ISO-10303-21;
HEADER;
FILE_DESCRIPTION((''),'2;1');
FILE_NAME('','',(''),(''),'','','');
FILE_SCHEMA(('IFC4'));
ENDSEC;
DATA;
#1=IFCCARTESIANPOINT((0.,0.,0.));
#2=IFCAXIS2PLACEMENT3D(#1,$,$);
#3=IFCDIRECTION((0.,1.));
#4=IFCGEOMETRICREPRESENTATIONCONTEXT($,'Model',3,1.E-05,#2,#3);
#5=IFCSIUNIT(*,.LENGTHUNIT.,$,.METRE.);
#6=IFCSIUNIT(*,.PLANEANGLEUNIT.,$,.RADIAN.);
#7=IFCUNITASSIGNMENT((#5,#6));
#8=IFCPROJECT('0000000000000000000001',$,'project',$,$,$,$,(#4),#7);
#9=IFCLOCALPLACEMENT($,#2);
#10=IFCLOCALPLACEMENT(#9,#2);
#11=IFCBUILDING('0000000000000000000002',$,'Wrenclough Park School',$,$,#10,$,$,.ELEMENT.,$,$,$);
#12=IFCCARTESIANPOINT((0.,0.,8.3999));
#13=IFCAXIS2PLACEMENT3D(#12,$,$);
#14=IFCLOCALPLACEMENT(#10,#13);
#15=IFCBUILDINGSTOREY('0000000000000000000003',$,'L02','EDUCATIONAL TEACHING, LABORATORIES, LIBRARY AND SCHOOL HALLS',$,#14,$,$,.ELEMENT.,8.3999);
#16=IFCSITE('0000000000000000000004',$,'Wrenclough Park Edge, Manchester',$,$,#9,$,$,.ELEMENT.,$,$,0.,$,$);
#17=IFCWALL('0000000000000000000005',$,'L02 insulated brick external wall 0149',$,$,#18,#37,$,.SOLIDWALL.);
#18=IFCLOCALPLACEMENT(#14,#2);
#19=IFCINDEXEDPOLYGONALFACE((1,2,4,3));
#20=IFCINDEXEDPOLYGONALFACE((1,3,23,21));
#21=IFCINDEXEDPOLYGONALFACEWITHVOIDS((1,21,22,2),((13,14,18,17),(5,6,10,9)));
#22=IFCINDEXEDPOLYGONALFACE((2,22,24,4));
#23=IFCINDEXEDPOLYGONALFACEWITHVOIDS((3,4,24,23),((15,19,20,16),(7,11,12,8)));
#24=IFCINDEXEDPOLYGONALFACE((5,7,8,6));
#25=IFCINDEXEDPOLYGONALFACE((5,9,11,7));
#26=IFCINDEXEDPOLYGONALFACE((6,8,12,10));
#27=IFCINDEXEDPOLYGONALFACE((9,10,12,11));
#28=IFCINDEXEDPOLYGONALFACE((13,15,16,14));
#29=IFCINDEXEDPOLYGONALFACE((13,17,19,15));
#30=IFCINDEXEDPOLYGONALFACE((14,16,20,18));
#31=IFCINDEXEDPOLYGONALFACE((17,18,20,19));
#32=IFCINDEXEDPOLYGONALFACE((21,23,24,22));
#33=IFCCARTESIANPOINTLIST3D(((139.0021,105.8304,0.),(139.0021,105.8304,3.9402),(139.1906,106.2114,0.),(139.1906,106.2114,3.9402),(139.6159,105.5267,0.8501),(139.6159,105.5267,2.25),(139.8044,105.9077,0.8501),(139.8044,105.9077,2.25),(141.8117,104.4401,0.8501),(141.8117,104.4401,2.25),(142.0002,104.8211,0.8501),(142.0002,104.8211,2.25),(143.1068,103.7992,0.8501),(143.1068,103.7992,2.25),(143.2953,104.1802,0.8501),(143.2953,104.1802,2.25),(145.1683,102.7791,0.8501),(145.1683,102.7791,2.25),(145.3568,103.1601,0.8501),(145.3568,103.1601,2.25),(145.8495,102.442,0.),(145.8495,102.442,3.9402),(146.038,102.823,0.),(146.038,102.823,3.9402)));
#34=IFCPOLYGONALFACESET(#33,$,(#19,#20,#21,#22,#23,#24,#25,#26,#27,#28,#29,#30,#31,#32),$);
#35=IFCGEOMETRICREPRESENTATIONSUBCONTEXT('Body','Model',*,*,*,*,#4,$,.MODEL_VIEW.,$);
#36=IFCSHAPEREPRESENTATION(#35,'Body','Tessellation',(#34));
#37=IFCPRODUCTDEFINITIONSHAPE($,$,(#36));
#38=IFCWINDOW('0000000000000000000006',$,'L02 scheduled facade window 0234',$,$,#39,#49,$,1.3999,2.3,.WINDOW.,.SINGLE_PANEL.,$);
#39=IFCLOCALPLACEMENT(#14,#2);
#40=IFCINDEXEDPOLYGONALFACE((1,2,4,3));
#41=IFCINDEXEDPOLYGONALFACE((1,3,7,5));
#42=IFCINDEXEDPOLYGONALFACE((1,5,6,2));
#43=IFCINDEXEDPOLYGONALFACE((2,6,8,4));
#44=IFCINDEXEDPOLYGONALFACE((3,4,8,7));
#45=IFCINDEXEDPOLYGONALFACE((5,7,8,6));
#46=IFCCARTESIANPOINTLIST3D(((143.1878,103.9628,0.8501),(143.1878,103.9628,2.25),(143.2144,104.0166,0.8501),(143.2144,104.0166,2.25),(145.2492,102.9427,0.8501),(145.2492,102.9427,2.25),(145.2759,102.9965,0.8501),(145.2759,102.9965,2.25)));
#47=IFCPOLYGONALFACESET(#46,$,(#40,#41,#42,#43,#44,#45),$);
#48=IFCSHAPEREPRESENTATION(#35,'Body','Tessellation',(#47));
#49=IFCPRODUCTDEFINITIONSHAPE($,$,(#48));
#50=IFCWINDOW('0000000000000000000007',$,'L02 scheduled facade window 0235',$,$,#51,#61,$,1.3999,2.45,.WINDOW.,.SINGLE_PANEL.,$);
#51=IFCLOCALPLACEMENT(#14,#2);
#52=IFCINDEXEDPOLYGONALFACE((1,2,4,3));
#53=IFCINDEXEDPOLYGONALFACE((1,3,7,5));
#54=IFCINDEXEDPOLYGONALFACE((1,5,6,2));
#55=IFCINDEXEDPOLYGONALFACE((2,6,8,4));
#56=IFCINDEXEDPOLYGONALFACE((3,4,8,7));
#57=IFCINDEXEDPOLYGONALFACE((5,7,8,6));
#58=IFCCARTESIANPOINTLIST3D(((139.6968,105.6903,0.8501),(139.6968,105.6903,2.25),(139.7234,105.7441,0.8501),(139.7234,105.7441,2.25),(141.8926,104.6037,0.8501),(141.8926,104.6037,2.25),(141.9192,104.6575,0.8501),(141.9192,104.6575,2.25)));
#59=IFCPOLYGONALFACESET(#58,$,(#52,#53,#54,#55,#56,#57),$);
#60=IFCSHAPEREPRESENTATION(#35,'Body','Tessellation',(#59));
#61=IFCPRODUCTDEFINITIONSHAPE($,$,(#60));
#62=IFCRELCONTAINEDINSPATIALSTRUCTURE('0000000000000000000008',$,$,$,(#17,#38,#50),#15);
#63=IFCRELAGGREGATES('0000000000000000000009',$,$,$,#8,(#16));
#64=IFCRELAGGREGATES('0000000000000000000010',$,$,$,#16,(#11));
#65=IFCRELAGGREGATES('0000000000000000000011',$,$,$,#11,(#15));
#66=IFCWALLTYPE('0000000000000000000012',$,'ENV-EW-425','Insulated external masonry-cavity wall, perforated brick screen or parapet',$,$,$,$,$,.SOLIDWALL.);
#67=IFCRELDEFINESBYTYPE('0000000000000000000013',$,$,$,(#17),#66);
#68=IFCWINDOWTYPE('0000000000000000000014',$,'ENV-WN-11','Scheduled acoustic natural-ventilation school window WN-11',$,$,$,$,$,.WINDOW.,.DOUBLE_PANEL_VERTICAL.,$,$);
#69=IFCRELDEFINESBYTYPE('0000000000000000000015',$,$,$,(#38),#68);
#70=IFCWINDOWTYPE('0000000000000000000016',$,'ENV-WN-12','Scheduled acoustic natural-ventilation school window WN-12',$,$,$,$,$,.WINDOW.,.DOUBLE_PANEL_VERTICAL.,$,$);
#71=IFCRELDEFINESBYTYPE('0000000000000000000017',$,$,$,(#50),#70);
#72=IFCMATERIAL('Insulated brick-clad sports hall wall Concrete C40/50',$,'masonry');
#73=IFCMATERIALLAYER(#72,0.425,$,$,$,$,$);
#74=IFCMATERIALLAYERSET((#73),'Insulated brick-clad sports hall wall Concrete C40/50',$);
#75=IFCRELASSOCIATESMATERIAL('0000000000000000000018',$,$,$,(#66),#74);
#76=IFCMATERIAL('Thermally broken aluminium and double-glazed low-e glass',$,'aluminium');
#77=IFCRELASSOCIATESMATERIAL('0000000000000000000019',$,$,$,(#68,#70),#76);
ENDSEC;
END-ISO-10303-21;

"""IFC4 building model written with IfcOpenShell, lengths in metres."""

from ifc_helpers import new_model, si_unit, direction, frame, frame_2d, origin, place, context, subcontext, project, spatial, rectangle, extrude, material, layer, layer_set, type_object, element, fill, save


model = new_model("IFC4")

# Units and contexts
model_context = context("Model", 3, precision=1e-05, world=origin(), true_north=direction((0.0, 1.0)))
body_context = subcontext(model_context, "Body", "Model", "MODEL_VIEW")
ifc_project = project(units=[si_unit("LENGTHUNIT", "METRE"), si_unit("PLANEANGLEUNIT", "RADIAN")], contexts=[model_context])

# Site, building, storey
site_placement = place(None, origin())
site = spatial("IfcSite", under=ifc_project, at=site_placement, Name="Wrenclough Park Edge, Manchester", CompositionType="ELEMENT", RefElevation=0.0)
building_placement = place(site_placement, origin())
building = spatial("IfcBuilding", under=site, at=building_placement, Name="Wrenclough Park School", CompositionType="ELEMENT")
storey_placement = place(building_placement, frame((0.0, 0.0, 8.3999)))
storey = spatial("IfcBuildingStorey", under=building, at=storey_placement, Name="L02", Description="EDUCATIONAL TEACHING, LABORATORIES, LIBRARY AND SCHOOL HALLS", CompositionType="ELEMENT", Elevation=8.3999)

# Wall, openings, windows
ifc_material_1 = material(Name="Thermally broken aluminium and double-glazed low-e glass", Category="aluminium")
ifc_material_2 = material(Name="Insulated brick-clad sports hall wall Concrete C40/50", Category="masonry")
ifc_layer_1 = layer(ifc_material_2, 0.425)
ifc_layer_set_1 = layer_set([ifc_layer_1], Name="Insulated brick-clad sports hall wall Concrete C40/50")
wall_type_1 = type_object("IfcWallType", Name="ENV-EW-425", Description="Insulated external masonry-cavity wall, perforated brick screen or parapet", PredefinedType="SOLIDWALL", material=ifc_layer_set_1)
wall_1_placement = place(storey_placement, frame((145.9436, 102.6326, 0.0), z_axis=(0.0, 0.0, 1.0), x_axis=(-0.896267, 0.443516, 0.0)))
wall_1 = element("IfcWall", 1, at=wall_1_placement, inside=storey, type_object=wall_type_1, Name="L02 insulated brick external wall 0149", PredefinedType="SOLIDWALL", context=body_context, shape_type="SweptSolid", body=[
    extrude(rectangle(XDim=7.6399, YDim=0.425, at=frame_2d((3.8198, 0.0))), origin(), (0.0, 0.0, 1.0), 3.9402),
])
opening_1_placement = place(wall_1_placement, frame((0.76, 0.0, 0.8501)))
opening_1 = element("IfcOpeningElement", 2, at=opening_1_placement, cuts=wall_1, PredefinedType="OPENING", context=body_context, shape_type="SweptSolid", body=[
    extrude(rectangle(XDim=2.3, YDim=1.3999, at=frame_2d((1.1499, 0.7))), frame((0.0, 0.2224, 0.0), z_axis=(0.0, -1.0, 0.0), x_axis=(1.0, 0.0, 0.0)), (0.0, 0.0, 1.0), 0.4451),
])
opening_2_placement = place(wall_1_placement, frame((4.5049, 0.0, 0.8501)))
opening_2 = element("IfcOpeningElement", 3, at=opening_2_placement, cuts=wall_1, PredefinedType="OPENING", context=body_context, shape_type="SweptSolid", body=[
    extrude(rectangle(XDim=2.45, YDim=1.3999, at=frame_2d((1.2251, 0.7))), frame((0.0, 0.2224, 0.0), z_axis=(0.0, -1.0, 0.0), x_axis=(1.0, 0.0, 0.0)), (0.0, 0.0, 1.0), 0.4451),
])
window_type_1 = type_object("IfcWindowType", Name="ENV-WN-11", Description="Scheduled acoustic natural-ventilation school window WN-11", PartitioningType="DOUBLE_PANEL_VERTICAL", PredefinedType="WINDOW", material=ifc_material_1)
window_1_placement = place(opening_1_placement, origin())
window_1 = element("IfcWindow", 4, at=window_1_placement, inside=storey, type_object=window_type_1, Name="L02 scheduled facade window 0234", OverallHeight=1.3999, OverallWidth=2.3, PartitioningType="SINGLE_PANEL", PredefinedType="WINDOW", context=body_context, shape_type="SweptSolid", body=[
    extrude(rectangle(XDim=2.3, YDim=1.3999, at=frame_2d((1.1499, 0.7))), frame((0.0, 0.03, 0.0), z_axis=(0.0, -1.0, 0.0), x_axis=(1.0, 0.0, 0.0)), (0.0, 0.0, 1.0), 0.0601),
])
fill(opening_1, window_1)
window_type_2 = type_object("IfcWindowType", Name="ENV-WN-12", Description="Scheduled acoustic natural-ventilation school window WN-12", PartitioningType="DOUBLE_PANEL_VERTICAL", PredefinedType="WINDOW", material=ifc_material_1)
window_2_placement = place(opening_2_placement, origin())
window_2 = element("IfcWindow", 5, at=window_2_placement, inside=storey, type_object=window_type_2, Name="L02 scheduled facade window 0235", OverallHeight=1.3999, OverallWidth=2.45, PartitioningType="SINGLE_PANEL", PredefinedType="WINDOW", context=body_context, shape_type="SweptSolid", body=[
    extrude(rectangle(XDim=2.45, YDim=1.3999, at=frame_2d((1.2251, 0.7))), frame((0.0, 0.03, 0.0), z_axis=(0.0, -1.0, 0.0), x_axis=(1.0, 0.0, 0.0)), (0.0, 0.0, 1.0), 0.0601),
])
fill(opening_2, window_2)

save(model, "model.ifc")
